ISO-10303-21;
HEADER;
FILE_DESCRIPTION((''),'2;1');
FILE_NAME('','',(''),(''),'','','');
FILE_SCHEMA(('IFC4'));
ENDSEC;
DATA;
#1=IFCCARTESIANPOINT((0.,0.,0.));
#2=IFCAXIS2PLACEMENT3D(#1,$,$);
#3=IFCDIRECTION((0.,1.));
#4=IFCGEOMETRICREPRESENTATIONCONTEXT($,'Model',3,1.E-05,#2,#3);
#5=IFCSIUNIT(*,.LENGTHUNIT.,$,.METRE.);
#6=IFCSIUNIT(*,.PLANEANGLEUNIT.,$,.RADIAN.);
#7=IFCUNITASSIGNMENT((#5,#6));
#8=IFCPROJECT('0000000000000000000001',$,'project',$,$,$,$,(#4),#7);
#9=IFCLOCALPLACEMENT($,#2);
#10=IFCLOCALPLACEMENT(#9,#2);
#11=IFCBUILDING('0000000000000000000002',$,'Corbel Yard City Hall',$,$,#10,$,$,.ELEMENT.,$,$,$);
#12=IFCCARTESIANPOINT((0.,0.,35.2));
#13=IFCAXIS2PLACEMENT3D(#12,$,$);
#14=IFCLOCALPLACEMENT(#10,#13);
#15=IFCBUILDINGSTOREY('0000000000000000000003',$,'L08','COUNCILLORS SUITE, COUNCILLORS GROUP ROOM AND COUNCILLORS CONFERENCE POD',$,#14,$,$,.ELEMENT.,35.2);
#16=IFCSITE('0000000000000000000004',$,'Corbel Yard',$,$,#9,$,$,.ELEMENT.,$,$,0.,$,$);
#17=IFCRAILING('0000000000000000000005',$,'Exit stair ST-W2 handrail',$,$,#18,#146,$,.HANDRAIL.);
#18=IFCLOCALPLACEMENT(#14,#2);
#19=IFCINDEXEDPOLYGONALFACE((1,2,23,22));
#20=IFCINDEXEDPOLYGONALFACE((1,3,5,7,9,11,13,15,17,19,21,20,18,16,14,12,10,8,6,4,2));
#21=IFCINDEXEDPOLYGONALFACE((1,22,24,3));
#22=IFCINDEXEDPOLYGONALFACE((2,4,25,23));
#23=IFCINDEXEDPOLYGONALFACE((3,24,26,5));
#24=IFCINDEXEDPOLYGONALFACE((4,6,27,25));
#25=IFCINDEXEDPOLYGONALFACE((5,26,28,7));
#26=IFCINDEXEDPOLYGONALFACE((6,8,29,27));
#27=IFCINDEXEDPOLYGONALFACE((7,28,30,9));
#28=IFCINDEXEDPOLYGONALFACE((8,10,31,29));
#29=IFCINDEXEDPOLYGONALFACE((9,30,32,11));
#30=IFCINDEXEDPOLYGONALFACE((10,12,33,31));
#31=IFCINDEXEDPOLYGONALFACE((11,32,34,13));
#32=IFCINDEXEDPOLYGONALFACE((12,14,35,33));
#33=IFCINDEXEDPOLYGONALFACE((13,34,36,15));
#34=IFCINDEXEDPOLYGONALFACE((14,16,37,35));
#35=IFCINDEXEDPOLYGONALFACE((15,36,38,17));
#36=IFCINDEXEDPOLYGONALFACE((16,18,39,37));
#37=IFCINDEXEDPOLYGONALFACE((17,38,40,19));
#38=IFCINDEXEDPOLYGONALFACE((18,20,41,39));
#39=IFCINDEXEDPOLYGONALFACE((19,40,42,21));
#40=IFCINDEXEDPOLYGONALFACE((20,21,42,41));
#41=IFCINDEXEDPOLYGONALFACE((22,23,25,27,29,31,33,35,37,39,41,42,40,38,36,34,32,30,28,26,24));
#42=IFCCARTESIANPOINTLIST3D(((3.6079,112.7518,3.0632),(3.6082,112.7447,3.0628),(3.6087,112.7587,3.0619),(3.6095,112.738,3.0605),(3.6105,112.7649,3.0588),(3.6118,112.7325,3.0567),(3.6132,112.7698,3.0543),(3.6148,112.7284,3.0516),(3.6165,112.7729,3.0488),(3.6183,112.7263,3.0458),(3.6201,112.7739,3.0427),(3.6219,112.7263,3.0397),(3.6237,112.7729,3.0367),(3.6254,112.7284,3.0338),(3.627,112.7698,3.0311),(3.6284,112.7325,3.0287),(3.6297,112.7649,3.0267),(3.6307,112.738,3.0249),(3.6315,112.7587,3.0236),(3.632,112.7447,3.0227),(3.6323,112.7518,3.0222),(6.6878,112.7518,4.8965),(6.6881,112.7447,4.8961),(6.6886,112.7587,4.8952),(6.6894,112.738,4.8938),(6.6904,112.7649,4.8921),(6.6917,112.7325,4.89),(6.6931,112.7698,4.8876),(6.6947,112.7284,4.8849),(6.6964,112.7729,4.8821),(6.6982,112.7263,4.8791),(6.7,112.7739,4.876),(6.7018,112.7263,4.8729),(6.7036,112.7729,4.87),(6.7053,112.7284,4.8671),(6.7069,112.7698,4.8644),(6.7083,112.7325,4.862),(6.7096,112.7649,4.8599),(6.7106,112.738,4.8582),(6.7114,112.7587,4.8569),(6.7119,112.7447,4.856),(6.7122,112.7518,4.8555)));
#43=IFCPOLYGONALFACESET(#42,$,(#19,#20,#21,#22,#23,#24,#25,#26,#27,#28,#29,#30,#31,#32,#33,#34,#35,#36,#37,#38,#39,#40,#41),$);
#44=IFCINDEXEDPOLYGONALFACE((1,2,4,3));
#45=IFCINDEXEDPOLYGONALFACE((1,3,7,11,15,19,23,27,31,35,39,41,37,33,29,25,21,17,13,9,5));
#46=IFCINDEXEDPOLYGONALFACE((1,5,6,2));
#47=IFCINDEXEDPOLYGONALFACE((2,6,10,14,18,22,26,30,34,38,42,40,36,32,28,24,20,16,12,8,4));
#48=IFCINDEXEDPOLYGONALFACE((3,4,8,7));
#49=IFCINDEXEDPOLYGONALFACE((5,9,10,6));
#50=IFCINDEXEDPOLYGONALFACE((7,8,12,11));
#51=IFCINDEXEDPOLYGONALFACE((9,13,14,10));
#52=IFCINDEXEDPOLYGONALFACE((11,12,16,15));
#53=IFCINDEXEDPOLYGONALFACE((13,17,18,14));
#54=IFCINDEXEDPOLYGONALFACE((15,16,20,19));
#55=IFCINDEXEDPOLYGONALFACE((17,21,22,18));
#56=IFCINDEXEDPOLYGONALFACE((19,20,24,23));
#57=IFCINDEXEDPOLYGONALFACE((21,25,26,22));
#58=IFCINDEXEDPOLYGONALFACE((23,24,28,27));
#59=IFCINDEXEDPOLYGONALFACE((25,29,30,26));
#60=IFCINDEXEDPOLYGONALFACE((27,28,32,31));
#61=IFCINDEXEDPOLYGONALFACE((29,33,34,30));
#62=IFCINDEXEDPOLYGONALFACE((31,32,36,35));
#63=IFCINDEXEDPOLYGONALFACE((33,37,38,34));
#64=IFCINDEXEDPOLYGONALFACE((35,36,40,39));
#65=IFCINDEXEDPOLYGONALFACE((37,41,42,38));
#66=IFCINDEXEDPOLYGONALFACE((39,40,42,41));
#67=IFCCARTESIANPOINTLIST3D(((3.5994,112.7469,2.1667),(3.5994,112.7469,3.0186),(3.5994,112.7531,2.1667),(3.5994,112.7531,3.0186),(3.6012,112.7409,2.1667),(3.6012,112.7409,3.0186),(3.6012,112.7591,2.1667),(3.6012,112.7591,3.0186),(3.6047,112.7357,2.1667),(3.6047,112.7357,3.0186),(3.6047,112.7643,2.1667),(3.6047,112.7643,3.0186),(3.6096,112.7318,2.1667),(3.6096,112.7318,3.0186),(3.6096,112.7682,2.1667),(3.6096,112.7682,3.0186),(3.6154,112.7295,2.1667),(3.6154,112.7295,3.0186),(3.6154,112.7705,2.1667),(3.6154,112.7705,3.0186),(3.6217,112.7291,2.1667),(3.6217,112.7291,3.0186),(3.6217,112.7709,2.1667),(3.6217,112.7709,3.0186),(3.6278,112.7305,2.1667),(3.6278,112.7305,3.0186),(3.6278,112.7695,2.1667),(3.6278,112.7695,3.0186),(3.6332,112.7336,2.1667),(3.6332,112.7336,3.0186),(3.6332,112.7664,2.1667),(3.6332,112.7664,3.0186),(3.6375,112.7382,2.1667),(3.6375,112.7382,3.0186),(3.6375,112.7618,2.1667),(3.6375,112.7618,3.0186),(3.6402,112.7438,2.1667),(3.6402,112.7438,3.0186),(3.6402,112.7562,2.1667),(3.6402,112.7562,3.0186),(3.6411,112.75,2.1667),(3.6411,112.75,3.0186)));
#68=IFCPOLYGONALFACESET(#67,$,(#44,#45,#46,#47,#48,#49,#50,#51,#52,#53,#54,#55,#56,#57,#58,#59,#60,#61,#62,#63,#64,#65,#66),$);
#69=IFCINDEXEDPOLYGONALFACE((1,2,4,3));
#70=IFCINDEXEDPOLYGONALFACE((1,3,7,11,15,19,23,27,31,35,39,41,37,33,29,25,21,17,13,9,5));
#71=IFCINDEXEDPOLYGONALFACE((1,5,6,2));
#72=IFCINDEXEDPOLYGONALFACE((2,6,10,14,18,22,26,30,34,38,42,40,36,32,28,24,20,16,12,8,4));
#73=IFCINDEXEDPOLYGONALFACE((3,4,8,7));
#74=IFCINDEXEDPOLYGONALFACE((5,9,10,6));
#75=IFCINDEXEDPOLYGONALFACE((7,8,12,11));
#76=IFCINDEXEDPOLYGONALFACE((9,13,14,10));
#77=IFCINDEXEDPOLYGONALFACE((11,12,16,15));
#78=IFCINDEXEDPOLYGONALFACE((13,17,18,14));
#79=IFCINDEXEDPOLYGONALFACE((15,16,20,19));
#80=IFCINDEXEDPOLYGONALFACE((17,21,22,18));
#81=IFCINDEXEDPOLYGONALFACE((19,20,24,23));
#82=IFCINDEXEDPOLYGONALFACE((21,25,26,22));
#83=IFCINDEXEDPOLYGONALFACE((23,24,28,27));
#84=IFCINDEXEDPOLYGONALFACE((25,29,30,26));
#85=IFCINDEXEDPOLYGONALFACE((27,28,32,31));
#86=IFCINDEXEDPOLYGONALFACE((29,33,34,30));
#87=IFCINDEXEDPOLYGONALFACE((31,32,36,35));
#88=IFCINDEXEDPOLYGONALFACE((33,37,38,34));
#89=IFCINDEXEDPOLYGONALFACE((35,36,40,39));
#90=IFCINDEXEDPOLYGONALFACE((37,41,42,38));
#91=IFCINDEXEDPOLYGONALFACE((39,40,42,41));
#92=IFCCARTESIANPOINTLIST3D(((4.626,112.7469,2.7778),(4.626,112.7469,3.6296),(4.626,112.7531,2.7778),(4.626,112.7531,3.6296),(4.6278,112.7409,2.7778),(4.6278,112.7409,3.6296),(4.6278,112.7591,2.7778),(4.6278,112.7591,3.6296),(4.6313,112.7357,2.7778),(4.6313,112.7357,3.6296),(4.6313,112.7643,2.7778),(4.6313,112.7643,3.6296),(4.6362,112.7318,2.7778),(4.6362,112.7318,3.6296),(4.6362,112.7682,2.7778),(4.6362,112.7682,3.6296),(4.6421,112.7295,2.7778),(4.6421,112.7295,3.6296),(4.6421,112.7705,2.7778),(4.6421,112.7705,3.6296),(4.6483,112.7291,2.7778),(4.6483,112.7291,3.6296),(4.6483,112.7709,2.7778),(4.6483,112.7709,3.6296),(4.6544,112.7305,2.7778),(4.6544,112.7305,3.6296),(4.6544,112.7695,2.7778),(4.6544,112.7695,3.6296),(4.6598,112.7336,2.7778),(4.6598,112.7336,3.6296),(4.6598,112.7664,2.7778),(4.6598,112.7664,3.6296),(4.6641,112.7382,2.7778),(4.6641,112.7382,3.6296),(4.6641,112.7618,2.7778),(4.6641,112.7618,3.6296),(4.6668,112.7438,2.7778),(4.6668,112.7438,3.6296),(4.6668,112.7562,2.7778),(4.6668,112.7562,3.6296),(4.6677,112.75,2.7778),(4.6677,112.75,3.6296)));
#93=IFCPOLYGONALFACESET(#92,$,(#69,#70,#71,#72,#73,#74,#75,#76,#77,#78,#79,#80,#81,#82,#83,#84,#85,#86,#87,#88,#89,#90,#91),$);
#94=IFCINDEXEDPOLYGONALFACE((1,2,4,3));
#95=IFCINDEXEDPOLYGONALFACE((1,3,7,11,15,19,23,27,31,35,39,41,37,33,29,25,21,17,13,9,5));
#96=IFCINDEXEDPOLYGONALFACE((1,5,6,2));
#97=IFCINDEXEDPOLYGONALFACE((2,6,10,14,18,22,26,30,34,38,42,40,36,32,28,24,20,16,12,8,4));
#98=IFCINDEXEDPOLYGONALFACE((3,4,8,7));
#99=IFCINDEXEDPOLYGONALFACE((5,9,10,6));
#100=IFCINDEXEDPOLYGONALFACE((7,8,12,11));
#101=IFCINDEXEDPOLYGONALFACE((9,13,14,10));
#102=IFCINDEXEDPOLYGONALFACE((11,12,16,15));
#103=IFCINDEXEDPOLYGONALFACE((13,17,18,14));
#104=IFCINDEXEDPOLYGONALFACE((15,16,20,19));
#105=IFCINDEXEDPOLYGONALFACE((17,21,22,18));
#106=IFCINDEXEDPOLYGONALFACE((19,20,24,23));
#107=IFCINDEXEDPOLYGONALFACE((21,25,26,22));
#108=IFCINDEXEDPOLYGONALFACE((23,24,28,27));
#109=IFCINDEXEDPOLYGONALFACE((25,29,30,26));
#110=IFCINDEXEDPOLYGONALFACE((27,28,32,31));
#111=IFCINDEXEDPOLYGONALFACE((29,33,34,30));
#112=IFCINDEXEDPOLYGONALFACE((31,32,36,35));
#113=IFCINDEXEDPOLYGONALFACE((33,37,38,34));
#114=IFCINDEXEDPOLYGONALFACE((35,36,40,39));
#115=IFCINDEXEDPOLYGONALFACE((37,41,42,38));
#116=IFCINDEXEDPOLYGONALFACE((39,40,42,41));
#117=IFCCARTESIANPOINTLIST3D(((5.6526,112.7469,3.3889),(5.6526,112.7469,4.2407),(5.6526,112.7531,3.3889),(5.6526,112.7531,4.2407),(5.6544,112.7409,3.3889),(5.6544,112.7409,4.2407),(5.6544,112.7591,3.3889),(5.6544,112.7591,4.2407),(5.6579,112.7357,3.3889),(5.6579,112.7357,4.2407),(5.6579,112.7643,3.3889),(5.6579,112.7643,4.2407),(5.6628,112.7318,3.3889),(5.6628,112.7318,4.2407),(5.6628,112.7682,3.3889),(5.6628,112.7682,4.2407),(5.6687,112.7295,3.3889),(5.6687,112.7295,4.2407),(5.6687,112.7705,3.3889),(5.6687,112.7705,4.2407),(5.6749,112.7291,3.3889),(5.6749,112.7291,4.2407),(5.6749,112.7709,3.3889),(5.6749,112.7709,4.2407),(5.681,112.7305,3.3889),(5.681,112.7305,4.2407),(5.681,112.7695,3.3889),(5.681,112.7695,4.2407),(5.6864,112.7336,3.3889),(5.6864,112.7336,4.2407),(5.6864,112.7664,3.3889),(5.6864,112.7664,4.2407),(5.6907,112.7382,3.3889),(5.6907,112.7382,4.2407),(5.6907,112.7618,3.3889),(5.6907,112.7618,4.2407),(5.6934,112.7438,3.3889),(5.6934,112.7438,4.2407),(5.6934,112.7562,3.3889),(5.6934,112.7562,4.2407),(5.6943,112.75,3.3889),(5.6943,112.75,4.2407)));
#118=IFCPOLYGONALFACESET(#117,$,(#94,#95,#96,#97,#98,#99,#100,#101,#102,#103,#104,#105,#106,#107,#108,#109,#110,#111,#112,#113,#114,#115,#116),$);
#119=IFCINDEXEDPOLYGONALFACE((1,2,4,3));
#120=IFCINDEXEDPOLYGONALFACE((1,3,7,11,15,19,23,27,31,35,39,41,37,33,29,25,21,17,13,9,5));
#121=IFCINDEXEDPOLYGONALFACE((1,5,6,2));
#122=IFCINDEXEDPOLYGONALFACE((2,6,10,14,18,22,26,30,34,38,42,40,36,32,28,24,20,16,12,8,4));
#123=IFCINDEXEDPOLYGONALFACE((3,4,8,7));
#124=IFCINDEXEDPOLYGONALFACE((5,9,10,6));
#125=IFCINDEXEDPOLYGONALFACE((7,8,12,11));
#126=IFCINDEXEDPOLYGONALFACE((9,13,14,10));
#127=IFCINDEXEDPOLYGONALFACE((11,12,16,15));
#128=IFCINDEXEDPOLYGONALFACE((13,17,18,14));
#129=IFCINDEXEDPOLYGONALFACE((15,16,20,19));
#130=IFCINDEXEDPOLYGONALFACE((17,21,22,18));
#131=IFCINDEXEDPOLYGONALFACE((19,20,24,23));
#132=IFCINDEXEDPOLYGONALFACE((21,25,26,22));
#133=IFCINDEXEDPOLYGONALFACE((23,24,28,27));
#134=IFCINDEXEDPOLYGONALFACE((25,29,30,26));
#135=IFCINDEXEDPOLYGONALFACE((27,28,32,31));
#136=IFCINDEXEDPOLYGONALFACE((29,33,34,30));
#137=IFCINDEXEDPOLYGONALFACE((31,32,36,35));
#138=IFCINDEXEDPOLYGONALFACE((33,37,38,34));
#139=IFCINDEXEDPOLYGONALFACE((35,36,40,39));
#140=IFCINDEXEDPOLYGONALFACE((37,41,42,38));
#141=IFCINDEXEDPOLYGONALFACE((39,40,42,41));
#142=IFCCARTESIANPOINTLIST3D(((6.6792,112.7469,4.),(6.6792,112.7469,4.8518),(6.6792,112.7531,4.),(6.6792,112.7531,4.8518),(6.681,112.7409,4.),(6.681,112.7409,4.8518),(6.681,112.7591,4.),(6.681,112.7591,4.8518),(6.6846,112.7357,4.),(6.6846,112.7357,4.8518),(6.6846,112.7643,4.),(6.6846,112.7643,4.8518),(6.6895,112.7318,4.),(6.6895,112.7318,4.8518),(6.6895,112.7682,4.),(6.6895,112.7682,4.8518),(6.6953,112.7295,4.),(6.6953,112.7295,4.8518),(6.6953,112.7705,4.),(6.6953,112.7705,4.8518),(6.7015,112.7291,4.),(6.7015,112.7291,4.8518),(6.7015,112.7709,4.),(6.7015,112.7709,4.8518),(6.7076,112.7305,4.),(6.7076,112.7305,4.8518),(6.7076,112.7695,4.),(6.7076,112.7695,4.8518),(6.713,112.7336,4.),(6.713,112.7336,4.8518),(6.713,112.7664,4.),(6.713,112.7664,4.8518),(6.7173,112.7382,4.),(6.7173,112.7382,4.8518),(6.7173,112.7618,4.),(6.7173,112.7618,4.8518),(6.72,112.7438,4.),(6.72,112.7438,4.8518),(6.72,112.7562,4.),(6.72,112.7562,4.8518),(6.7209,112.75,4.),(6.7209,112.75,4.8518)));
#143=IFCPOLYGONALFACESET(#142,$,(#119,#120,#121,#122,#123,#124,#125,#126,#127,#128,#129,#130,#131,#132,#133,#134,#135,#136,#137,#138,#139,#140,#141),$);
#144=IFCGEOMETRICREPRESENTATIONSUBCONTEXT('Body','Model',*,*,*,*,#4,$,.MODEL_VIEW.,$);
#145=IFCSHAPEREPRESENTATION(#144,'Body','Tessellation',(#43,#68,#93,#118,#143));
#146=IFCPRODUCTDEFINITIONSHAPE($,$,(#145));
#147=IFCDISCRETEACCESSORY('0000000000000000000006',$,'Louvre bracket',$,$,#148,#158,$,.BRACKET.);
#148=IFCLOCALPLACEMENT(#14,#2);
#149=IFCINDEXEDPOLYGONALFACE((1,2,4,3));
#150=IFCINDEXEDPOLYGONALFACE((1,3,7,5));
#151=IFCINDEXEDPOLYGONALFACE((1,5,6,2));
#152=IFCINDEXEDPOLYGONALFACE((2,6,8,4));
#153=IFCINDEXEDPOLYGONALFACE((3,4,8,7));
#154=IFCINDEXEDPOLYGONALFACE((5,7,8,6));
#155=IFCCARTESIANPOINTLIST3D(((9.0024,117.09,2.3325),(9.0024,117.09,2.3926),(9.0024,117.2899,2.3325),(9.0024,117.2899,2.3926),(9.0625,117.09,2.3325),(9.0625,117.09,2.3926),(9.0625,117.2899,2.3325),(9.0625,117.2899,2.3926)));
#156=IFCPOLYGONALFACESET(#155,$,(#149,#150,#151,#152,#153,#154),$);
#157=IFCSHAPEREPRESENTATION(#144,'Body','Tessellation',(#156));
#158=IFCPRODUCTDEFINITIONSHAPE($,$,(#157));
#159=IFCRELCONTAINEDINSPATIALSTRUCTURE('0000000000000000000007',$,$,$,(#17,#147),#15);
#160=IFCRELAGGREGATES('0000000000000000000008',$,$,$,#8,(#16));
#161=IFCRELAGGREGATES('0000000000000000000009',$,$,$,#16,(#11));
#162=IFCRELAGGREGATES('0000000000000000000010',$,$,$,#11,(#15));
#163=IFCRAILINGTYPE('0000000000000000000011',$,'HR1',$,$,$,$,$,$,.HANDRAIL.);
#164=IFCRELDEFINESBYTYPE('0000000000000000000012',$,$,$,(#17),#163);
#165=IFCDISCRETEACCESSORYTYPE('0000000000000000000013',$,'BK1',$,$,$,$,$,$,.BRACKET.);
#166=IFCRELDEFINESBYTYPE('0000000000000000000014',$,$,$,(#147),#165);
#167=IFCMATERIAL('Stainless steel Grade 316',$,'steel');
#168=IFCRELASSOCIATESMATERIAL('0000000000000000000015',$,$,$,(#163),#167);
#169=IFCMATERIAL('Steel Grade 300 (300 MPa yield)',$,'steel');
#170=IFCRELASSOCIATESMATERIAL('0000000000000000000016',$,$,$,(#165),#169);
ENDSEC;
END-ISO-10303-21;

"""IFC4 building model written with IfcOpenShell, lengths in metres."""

from ifc_helpers import new_model, si_unit, direction, frame, origin, origin_2d, place, context, subcontext, project, spatial, rectangle, circle, extrude, material, type_object, element, save


model = new_model("IFC4")

# Units and contexts
model_context = context("Model", 3, precision=1e-05, world=origin(), true_north=direction((0.0, 1.0)))
body_context = subcontext(model_context, "Body", "Model", "MODEL_VIEW")
ifc_project = project(units=[si_unit("LENGTHUNIT", "METRE"), si_unit("PLANEANGLEUNIT", "RADIAN")], contexts=[model_context])

# Site, building, storey
site_placement = place(None, origin())
site = spatial("IfcSite", under=ifc_project, at=site_placement, Name="Corbel Yard", CompositionType="ELEMENT", RefElevation=0.0)
building_placement = place(site_placement, origin())
building = spatial("IfcBuilding", under=site, at=building_placement, Name="Corbel Yard City Hall", CompositionType="ELEMENT")
storey_placement = place(building_placement, frame((0.0, 0.0, 35.2)))
storey = spatial("IfcBuildingStorey", under=building, at=storey_placement, Name="L08", Description="COUNCILLORS SUITE, COUNCILLORS GROUP ROOM AND COUNCILLORS CONFERENCE POD", CompositionType="ELEMENT", Elevation=35.2)

# Shared definitions
ifc_material_1 = material(Name="Stainless steel Grade 316", Category="steel")

# Railing
railing_type = type_object("IfcRailingType", Name="HR1", PredefinedType="HANDRAIL", material=ifc_material_1)
for number, where, name in (
    (1, (3.6201, 112.75, 2.1667), "Exit stair ST-W2 handrail"),
):
    element("IfcRailing", number, at=place(storey_placement, frame(where)), inside=storey, type_object=railing_type, Name=name, PredefinedType="HANDRAIL", context=body_context, shape_type="SweptSolid", body=[
        extrude(circle(Radius=0.0239, at=origin_2d()), frame((0.0, 0.0, 0.876), z_axis=(0.859291, 0.0, 0.511487), x_axis=(0.0, 1.0, 0.0)), (0.0, 0.0, 1.0), 3.5842),
        extrude(circle(Radius=0.021, at=origin_2d()), origin(), (0.0, 0.0, 1.0), 0.8518),
        extrude(circle(Radius=0.021, at=origin_2d()), frame((1.0266, 0.0, 0.6111)), (0.0, 0.0, 1.0), 0.8518),
        extrude(circle(Radius=0.021, at=origin_2d()), frame((2.0532, 0.0, 1.2222)), (0.0, 0.0, 1.0), 0.8518),
        extrude(circle(Radius=0.021, at=origin_2d()), frame((3.0798, 0.0, 1.8333)), (0.0, 0.0, 1.0), 0.8518),
    ])

# Discrete accessory
ifc_material_2 = material(Name="Steel Grade 300 (300 MPa yield)", Category="steel")
discrete_accessory_type = type_object("IfcDiscreteAccessoryType", Name="BK1", PredefinedType="BRACKET", material=ifc_material_2)
discrete_accessory_placement = place(storey_placement, frame((9.0325, 117.1899, 2.3325), z_axis=(0.0, 0.0, 1.0), x_axis=(1.0, 0.0, 0.0)))
element("IfcDiscreteAccessory", 2, at=discrete_accessory_placement, inside=storey, type_object=discrete_accessory_type, Name="Louvre bracket", PredefinedType="BRACKET", context=body_context, shape_type="SweptSolid", body=[
    extrude(rectangle(XDim=0.0601, YDim=0.2, at=origin_2d()), origin(), (0.0, 0.0, 1.0), 0.0601),
])

save(model, "model.ifc")
